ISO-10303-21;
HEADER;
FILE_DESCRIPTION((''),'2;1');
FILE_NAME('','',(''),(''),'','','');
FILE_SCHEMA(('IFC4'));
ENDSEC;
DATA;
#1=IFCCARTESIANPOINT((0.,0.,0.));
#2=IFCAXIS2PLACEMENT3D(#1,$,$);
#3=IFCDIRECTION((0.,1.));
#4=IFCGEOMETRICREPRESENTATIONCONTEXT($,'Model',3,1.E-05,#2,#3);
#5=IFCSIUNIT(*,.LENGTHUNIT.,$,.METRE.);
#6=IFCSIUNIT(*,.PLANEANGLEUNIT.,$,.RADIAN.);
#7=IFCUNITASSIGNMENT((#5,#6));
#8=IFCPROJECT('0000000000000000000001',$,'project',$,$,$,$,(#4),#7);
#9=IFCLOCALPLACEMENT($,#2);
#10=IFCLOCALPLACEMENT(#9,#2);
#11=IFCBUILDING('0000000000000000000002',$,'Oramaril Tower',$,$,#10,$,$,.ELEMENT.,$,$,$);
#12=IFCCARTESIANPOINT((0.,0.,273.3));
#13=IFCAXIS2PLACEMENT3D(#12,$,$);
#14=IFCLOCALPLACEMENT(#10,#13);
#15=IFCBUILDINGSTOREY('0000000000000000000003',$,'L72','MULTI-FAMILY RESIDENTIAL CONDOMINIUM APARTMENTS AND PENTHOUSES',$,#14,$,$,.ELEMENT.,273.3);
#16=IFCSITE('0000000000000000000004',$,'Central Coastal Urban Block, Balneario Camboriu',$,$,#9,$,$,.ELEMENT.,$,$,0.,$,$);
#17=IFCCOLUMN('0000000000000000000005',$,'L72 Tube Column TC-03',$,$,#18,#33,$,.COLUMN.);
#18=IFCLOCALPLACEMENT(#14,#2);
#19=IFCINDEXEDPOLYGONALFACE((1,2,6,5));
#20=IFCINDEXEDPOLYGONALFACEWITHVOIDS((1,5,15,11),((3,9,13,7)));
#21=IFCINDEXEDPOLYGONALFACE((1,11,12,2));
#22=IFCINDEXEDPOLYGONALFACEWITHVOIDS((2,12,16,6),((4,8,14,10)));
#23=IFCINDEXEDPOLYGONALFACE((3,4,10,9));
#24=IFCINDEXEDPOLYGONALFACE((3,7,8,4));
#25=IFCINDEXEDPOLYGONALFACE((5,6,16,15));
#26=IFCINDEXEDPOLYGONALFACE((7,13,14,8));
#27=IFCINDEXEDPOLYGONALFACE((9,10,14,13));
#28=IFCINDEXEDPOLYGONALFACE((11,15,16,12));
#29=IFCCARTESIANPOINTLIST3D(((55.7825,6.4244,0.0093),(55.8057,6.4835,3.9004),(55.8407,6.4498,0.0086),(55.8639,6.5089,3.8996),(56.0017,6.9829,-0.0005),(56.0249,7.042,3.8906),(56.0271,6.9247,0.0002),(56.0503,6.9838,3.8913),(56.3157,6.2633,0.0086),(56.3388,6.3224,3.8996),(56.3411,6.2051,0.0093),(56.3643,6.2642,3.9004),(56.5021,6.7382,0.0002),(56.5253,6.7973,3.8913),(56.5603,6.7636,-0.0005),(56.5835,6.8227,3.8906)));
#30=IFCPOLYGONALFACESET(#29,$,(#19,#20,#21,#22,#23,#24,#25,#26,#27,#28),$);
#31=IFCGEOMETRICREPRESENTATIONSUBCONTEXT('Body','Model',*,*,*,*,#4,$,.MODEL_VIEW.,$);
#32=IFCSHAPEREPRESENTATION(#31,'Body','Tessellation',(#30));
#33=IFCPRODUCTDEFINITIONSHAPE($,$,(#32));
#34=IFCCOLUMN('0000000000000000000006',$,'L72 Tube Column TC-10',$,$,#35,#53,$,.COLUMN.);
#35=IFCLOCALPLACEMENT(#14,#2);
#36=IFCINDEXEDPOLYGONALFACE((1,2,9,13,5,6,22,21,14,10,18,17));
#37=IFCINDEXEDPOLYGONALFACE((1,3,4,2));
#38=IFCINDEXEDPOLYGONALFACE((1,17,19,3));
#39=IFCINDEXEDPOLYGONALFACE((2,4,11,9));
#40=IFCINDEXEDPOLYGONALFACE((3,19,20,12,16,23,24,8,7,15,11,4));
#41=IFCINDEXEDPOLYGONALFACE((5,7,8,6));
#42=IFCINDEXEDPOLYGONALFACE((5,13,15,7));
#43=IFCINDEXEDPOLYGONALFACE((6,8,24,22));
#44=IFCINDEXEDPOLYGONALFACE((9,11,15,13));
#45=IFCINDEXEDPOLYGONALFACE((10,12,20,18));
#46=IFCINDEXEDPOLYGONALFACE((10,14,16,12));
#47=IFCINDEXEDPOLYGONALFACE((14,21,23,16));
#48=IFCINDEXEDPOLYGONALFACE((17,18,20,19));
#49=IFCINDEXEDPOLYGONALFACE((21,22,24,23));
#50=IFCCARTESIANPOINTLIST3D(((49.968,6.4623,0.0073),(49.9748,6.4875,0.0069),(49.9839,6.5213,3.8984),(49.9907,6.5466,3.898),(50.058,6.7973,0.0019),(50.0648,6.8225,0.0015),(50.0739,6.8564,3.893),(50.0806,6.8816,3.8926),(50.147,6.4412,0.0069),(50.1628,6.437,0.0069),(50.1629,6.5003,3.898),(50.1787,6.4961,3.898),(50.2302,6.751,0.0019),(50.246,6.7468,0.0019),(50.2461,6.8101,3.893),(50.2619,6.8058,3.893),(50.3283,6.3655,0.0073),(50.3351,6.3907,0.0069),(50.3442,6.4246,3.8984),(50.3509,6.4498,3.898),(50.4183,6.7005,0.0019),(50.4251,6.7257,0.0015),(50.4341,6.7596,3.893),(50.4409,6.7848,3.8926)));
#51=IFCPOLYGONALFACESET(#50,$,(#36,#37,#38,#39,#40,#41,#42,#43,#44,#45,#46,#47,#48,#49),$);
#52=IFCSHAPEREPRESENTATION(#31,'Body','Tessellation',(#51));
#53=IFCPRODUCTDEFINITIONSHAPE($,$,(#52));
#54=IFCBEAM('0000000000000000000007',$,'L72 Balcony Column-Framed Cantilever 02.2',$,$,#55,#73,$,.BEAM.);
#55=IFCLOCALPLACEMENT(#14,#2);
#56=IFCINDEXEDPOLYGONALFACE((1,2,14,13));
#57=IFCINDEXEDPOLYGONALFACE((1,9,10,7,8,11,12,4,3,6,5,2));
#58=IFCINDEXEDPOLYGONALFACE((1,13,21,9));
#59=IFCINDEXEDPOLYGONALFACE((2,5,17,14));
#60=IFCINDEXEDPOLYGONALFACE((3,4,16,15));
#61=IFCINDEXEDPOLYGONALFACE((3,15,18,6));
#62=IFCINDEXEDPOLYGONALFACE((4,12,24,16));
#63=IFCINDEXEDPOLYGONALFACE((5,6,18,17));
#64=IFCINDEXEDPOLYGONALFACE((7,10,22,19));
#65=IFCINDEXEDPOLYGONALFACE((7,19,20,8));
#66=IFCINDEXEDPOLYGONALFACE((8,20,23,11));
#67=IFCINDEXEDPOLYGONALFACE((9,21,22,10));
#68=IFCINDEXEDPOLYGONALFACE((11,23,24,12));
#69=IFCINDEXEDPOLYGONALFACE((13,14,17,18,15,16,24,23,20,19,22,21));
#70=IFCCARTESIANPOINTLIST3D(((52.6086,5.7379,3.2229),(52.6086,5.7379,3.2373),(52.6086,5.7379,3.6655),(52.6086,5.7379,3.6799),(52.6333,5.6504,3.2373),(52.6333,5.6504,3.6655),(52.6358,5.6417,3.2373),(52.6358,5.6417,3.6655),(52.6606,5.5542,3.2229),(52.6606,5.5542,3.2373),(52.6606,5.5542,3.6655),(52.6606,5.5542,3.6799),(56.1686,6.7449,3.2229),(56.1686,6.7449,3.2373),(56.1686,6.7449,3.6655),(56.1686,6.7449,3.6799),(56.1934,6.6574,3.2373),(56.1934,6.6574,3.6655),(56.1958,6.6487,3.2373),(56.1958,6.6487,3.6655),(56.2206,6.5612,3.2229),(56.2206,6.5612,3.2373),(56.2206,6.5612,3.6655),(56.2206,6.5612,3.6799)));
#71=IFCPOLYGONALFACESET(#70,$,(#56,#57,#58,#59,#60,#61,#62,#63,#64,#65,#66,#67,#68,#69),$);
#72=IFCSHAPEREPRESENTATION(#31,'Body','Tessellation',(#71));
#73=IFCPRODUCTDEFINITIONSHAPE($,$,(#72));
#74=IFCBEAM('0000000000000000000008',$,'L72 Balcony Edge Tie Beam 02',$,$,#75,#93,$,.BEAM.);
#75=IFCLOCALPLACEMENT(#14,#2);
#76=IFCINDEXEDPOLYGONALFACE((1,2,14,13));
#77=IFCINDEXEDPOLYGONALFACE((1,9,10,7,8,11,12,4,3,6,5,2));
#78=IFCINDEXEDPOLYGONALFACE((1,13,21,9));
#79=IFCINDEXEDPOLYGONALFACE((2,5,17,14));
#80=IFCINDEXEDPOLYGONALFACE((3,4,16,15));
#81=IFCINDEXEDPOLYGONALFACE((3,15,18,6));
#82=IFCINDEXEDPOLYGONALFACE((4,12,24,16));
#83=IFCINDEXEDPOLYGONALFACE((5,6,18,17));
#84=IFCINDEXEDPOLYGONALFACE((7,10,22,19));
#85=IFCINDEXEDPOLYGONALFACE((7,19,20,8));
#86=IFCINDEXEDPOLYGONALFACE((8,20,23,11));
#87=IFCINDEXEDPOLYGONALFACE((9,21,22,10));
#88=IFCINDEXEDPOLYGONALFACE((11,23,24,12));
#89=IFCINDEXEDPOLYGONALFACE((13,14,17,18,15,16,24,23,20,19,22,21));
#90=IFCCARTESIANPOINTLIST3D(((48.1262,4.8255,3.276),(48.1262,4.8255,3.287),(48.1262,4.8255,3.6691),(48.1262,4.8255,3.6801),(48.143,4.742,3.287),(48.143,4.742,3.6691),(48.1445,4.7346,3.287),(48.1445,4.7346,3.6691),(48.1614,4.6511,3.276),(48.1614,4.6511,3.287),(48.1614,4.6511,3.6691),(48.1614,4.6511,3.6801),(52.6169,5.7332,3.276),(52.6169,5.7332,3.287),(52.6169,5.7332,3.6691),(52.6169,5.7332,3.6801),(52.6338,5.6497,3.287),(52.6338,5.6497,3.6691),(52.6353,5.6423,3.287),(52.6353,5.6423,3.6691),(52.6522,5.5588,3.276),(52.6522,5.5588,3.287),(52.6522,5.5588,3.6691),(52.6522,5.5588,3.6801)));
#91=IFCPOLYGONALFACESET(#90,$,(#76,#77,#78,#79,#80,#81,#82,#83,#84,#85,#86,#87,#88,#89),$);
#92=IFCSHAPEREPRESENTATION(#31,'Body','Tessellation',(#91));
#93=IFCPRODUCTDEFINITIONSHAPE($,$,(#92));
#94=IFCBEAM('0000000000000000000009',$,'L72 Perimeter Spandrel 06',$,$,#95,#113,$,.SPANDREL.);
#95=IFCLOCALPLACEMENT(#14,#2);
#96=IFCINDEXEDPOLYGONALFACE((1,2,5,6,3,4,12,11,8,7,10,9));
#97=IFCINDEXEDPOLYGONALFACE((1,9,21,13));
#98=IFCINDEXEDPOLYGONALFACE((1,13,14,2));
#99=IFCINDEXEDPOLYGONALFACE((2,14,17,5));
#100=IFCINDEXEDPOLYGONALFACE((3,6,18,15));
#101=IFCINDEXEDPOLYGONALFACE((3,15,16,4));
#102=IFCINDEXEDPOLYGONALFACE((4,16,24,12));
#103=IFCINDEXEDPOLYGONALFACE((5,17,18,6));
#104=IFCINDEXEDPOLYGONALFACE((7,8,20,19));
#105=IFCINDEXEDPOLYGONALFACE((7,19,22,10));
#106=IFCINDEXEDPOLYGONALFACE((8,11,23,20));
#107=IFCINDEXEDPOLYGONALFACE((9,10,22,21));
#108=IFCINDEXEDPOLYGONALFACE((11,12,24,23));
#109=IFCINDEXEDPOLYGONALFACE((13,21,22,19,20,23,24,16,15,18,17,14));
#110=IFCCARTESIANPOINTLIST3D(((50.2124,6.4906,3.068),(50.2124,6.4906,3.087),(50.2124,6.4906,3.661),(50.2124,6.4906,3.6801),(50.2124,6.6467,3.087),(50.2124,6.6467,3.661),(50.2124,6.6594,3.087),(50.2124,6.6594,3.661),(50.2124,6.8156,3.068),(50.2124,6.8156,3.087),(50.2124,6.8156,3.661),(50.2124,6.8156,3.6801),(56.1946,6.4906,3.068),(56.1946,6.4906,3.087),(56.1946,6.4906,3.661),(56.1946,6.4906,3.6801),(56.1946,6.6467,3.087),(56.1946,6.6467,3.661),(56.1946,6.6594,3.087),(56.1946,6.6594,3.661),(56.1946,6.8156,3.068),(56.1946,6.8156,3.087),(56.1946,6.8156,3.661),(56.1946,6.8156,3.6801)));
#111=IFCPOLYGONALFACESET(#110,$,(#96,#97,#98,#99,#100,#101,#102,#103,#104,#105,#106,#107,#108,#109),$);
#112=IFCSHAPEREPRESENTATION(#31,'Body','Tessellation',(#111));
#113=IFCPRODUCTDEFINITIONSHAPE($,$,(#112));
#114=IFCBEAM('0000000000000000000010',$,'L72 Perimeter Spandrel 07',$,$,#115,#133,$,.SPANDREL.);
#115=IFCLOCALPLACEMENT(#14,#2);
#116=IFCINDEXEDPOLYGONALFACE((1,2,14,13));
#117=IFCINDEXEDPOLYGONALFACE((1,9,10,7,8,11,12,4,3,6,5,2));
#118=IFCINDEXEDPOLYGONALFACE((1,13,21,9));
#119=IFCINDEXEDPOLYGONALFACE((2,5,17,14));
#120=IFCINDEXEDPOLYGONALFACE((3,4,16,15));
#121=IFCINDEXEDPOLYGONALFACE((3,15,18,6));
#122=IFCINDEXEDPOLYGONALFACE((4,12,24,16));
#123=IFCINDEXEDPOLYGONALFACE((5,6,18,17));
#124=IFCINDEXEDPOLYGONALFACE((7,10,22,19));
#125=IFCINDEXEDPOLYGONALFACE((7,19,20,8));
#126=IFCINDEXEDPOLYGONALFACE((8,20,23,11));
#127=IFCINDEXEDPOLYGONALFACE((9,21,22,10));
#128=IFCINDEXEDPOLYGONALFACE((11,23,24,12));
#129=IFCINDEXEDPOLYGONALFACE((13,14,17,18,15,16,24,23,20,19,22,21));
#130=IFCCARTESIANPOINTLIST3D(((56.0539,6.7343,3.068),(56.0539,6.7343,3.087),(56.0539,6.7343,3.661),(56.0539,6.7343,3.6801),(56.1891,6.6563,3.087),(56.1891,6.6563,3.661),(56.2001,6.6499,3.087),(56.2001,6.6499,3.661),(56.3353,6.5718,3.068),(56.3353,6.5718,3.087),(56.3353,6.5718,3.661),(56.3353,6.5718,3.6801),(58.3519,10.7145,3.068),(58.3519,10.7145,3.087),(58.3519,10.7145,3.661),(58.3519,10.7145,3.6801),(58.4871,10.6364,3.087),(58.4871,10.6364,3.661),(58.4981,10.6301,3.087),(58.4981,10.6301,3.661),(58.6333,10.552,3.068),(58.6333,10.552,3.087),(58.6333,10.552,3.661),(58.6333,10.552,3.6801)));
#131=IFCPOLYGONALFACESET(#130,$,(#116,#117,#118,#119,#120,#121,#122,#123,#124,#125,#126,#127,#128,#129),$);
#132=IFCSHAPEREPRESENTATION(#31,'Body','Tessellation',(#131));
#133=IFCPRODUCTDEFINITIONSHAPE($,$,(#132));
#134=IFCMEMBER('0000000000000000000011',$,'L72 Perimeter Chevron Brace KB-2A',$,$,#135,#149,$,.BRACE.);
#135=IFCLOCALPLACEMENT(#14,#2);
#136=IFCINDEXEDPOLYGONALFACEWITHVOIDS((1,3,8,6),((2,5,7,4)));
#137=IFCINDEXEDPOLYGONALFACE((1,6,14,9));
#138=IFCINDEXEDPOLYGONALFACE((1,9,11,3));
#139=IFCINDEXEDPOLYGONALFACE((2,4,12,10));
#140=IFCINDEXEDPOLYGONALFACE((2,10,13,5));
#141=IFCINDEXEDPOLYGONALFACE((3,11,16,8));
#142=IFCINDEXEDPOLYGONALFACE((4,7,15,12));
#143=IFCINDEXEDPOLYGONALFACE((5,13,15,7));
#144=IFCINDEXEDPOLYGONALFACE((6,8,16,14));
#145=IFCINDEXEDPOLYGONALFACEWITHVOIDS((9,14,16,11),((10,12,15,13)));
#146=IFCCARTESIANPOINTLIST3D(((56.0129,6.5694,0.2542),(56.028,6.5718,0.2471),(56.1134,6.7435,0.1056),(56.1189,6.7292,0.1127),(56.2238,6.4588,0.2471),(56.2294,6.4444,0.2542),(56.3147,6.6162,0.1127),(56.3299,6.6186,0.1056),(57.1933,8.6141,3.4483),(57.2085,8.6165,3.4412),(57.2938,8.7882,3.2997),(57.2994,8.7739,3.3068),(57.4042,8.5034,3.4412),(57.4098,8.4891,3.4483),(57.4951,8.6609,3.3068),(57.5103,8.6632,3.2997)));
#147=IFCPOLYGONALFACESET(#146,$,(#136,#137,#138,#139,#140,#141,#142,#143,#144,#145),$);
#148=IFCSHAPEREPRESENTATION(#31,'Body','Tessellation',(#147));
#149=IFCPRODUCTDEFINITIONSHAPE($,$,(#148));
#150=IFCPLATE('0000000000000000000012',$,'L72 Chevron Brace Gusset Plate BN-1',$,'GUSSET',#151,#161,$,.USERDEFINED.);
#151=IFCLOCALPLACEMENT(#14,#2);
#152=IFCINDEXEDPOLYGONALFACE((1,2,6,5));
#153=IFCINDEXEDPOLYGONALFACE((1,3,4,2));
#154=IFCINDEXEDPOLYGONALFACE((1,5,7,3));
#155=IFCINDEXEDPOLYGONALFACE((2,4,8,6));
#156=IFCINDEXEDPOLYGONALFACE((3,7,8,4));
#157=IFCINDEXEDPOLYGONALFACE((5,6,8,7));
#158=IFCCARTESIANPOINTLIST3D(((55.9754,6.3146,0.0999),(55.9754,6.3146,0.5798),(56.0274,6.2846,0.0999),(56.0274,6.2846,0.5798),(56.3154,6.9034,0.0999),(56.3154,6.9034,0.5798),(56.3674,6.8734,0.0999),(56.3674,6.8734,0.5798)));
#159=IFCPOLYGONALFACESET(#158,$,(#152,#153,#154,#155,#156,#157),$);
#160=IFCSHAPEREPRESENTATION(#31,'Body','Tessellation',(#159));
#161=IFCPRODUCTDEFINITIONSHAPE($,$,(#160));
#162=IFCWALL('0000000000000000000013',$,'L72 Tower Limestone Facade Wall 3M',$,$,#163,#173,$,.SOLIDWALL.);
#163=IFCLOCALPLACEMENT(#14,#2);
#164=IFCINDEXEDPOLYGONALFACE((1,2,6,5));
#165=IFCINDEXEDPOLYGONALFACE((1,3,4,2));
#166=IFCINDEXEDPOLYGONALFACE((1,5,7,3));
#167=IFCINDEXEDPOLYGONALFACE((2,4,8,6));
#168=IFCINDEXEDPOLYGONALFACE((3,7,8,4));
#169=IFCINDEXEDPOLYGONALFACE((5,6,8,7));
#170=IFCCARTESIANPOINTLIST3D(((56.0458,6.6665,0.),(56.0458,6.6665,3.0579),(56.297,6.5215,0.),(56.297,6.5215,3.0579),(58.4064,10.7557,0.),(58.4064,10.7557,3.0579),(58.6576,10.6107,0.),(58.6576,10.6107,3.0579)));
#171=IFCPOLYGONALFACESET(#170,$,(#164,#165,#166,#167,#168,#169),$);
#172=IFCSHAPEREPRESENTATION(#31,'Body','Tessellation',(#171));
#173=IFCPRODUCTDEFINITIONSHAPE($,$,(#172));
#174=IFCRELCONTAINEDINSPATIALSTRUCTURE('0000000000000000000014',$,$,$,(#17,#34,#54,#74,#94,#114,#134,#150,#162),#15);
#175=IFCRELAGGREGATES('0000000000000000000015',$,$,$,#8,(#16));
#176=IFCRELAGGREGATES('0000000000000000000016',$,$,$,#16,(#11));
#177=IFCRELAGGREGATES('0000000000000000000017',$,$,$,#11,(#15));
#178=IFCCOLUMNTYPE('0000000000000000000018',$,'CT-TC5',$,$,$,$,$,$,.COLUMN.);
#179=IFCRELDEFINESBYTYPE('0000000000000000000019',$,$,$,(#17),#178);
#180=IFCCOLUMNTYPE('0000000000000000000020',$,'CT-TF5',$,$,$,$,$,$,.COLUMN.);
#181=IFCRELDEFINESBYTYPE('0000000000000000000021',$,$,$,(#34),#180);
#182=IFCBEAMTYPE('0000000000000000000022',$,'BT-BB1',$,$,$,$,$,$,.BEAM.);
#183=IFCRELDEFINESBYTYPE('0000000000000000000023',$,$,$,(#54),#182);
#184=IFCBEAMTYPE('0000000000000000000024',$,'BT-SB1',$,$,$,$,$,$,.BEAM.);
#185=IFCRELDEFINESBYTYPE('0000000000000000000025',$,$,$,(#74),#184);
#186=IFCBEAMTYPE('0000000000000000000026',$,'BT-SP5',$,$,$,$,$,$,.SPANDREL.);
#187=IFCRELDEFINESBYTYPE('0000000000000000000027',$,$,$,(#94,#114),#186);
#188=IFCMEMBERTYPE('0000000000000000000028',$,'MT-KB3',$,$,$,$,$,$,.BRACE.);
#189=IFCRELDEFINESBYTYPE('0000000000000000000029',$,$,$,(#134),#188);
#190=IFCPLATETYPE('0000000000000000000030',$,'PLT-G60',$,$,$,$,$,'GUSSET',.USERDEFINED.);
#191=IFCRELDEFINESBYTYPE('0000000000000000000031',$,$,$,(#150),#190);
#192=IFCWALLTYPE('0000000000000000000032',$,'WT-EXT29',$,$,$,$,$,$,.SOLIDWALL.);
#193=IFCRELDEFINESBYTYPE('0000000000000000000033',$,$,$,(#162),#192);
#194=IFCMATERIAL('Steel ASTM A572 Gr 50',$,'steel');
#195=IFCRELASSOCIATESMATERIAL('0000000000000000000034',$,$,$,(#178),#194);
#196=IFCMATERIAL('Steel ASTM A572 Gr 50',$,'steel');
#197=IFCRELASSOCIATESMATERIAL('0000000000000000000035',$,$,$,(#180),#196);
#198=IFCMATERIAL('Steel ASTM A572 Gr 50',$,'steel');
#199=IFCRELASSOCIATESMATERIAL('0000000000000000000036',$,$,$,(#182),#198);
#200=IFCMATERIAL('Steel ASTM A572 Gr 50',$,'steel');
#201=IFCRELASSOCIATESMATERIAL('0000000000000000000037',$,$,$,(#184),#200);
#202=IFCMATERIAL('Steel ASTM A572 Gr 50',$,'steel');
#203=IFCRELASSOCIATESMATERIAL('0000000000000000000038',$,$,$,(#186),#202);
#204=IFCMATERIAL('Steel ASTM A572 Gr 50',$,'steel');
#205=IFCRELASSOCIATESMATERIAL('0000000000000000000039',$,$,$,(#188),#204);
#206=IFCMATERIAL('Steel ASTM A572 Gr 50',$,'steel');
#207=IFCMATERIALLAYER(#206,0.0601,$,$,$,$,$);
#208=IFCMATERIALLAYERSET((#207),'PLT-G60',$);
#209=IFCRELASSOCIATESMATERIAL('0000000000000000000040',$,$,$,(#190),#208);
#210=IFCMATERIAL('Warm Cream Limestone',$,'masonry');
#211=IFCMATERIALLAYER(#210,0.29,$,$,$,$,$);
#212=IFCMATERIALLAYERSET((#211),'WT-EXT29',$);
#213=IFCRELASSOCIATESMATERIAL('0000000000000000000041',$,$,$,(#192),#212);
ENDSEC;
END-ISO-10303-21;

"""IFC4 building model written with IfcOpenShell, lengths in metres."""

from ifc_helpers import new_model, si_unit, direction, frame, frame_2d, origin, origin_2d, place, context, subcontext, project, spatial, rectangle, hollow_rectangle, i_section, extrude, material, layer, layer_set, material_profile, profile_set, type_object, element, save


model = new_model("IFC4")

# Units and contexts
model_context = context("Model", 3, precision=1e-05, world=origin(), true_north=direction((0.0, 1.0)))
body_context = subcontext(model_context, "Body", "Model", "MODEL_VIEW")
ifc_project = project(units=[si_unit("LENGTHUNIT", "METRE"), si_unit("PLANEANGLEUNIT", "RADIAN")], contexts=[model_context])

# Site, building, storey
site_placement = place(None, origin())
site = spatial("IfcSite", under=ifc_project, at=site_placement, Name="Central Coastal Urban Block, Balneario Camboriu", CompositionType="ELEMENT", RefElevation=0.0)
building_placement = place(site_placement, origin())
building = spatial("IfcBuilding", under=site, at=building_placement, Name="Oramaril Tower", CompositionType="ELEMENT")
storey_placement = place(building_placement, frame((0.0, 0.0, 273.3)))
storey = spatial("IfcBuildingStorey", under=building, at=storey_placement, Name="L72", Description="MULTI-FAMILY RESIDENTIAL CONDOMINIUM APARTMENTS AND PENTHOUSES", CompositionType="ELEMENT", Elevation=273.3)

# Columns
ifc_material_1 = material(Name="Steel ASTM A572 Gr 50", Category="steel")
ifc_material_profile_1 = material_profile(ifc_material_1, hollow_rectangle(XDim=0.6001, YDim=0.6001, WallThickness=0.0449, at=origin_2d()), Name="BOX600X600X45")
ifc_profile_set_1 = profile_set([ifc_material_profile_1], Name="Steel ASTM A572 Gr 50")
column_type_1 = type_object("IfcColumnType", Name="CT-TC5", PredefinedType="COLUMN", material=ifc_profile_set_1)
column_1_placement = place(storey_placement, frame((56.1714, 6.594, 0.0044), z_axis=(0.00596, 0.015182, 0.999867), x_axis=(-0.930845, 0.365414, 0.0)))
element("IfcColumn", 1, at=column_1_placement, inside=storey, type_object=column_type_1, Name="L72 Tube Column TC-03", PredefinedType="COLUMN", context=body_context, shape_type="SweptSolid", body=[
    extrude(hollow_rectangle(XDim=0.6001, YDim=0.6001, WallThickness=0.0449, at=origin_2d()), origin(), (0.0, 0.0, 1.0), 3.8916),
])
ifc_material_2 = material(Name="Steel ASTM A572 Gr 50", Category="steel")
ifc_material_profile_2 = material_profile(ifc_material_2, i_section(OverallWidth=0.373, OverallDepth=0.373, WebThickness=0.0164, FlangeThickness=0.0261, at=origin_2d()), Name="W14X132")
ifc_profile_set_2 = profile_set([ifc_material_profile_2], Name="Steel ASTM A572 Gr 50")
column_type_2 = type_object("IfcColumnType", Name="CT-TF5", PredefinedType="COLUMN", material=ifc_profile_set_2)
column_2_placement = place(storey_placement, frame((50.1965, 6.594, 0.0044), z_axis=(0.004078, 0.015182, 0.999876), x_axis=(-0.96577, 0.259401, 0.0)))
element("IfcColumn", 2, at=column_2_placement, inside=storey, type_object=column_type_2, Name="L72 Tube Column TC-10", PredefinedType="COLUMN", context=body_context, shape_type="SweptSolid", body=[
    extrude(i_section(OverallWidth=0.373, OverallDepth=0.373, WebThickness=0.0164, FlangeThickness=0.0261, at=origin_2d()), origin(), (0.0, 0.0, 1.0), 3.8916),
])

# Beams
ifc_material_3 = material(Name="Steel ASTM A572 Gr 50", Category="steel")
ifc_material_profile_3 = material_profile(ifc_material_3, i_section(OverallWidth=0.1909, OverallDepth=0.457, WebThickness=0.009, FlangeThickness=0.0144, at=origin_2d()), Name="W18X50")
ifc_profile_set_3 = profile_set([ifc_material_profile_3], Name="Steel ASTM A572 Gr 50")
beam_type_1 = type_object("IfcBeamType", Name="BT-BB1", PredefinedType="BEAM", material=ifc_profile_set_3)
beam_1_placement = place(storey_placement, frame((56.1946, 6.6531, 3.4514), z_axis=(-0.96224, -0.272201, 0.0), x_axis=(0.272201, -0.96224, 0.0)))
element("IfcBeam", 3, at=beam_1_placement, inside=storey, type_object=beam_type_1, Name="L72 Balcony Column-Framed Cantilever 02.2", PredefinedType="BEAM", context=body_context, shape_type="SweptSolid", body=[
    extrude(i_section(OverallWidth=0.1909, OverallDepth=0.457, WebThickness=0.009, FlangeThickness=0.0144, at=origin_2d()), origin(), (0.0, 0.0, 1.0), 3.6997),
])
ifc_material_4 = material(Name="Steel ASTM A572 Gr 50", Category="steel")
ifc_material_profile_4 = material_profile(ifc_material_4, i_section(OverallWidth=0.178, OverallDepth=0.4041, WebThickness=0.0076, FlangeThickness=0.011, at=origin_2d()), Name="W16X36")
ifc_profile_set_4 = profile_set([ifc_material_profile_4], Name="Steel ASTM A572 Gr 50")
beam_type_2 = type_object("IfcBeamType", Name="BT-SB1", PredefinedType="BEAM", material=ifc_profile_set_4)
beam_2_placement = place(storey_placement, frame((48.1438, 4.7383, 3.478), z_axis=(0.980177, 0.198124, 0.0), x_axis=(-0.198124, 0.980177, 0.0)))
element("IfcBeam", 4, at=beam_2_placement, inside=storey, type_object=beam_type_2, Name="L72 Balcony Edge Tie Beam 02", PredefinedType="BEAM", context=body_context, shape_type="SweptSolid", body=[
    extrude(i_section(OverallWidth=0.178, OverallDepth=0.4041, WebThickness=0.0076, FlangeThickness=0.011, at=origin_2d()), origin(), (0.0, 0.0, 1.0), 4.5815),
])
ifc_material_5 = material(Name="Steel ASTM A572 Gr 50", Category="steel")
ifc_material_profile_5 = material_profile(ifc_material_5, i_section(OverallWidth=0.325, OverallDepth=0.6121, WebThickness=0.0127, FlangeThickness=0.019, at=origin_2d()), Name="W24X104")
ifc_profile_set_5 = profile_set([ifc_material_profile_5], Name="Steel ASTM A572 Gr 50")
beam_type_3 = type_object("IfcBeamType", Name="BT-SP5", PredefinedType="SPANDREL", material=ifc_profile_set_5)
beam_3_placement = place(storey_placement, frame((50.2124, 6.6531, 3.374), z_axis=(1.0, 0.0, 0.0), x_axis=(0.0, 1.0, 0.0)))
element("IfcBeam", 5, at=beam_3_placement, inside=storey, type_object=beam_type_3, Name="L72 Perimeter Spandrel 06", PredefinedType="SPANDREL", context=body_context, shape_type="SweptSolid", body=[
    extrude(i_section(OverallWidth=0.325, OverallDepth=0.6121, WebThickness=0.0127, FlangeThickness=0.019, at=origin_2d()), origin(), (0.0, 0.0, 1.0), 5.9822),
])
beam_4_placement = place(storey_placement, frame((56.1946, 6.6531, 3.374), z_axis=(0.500018, 0.866015, 0.0), x_axis=(-0.866015, 0.500018, 0.0)))
element("IfcBeam", 6, at=beam_4_placement, inside=storey, type_object=beam_type_3, Name="L72 Perimeter Spandrel 07", PredefinedType="SPANDREL", context=body_context, shape_type="SweptSolid", body=[
    extrude(i_section(OverallWidth=0.325, OverallDepth=0.6121, WebThickness=0.0127, FlangeThickness=0.019, at=origin_2d()), origin(), (0.0, 0.0, 1.0), 4.5959),
])

# Member
ifc_material_6 = material(Name="Steel ASTM A572 Gr 50", Category="steel")
ifc_material_profile_6 = material_profile(ifc_material_6, hollow_rectangle(XDim=0.25, YDim=0.25, WallThickness=0.012, at=origin_2d()), Name="HSS250X250X12")
ifc_profile_set_6 = profile_set([ifc_material_profile_6], Name="Steel ASTM A572 Gr 50")
member_type = type_object("IfcMemberType", Name="MT-KB3", PredefinedType="BRACE", material=ifc_profile_set_6)
member_placement = place(storey_placement, frame((56.1714, 6.594, 0.1799), z_axis=(0.29719, 0.51478, 0.804164), x_axis=(-0.866039, 0.499976, 0.0)))
element("IfcMember", 7, at=member_placement, inside=storey, type_object=member_type, Name="L72 Perimeter Chevron Brace KB-2A", PredefinedType="BRACE", context=body_context, shape_type="SweptSolid", body=[
    extrude(hollow_rectangle(XDim=0.25, YDim=0.25, WallThickness=0.012, at=origin_2d()), origin(), (0.0, 0.0, 1.0), 3.9719),
])

# Plate
ifc_material_7 = material(Name="Steel ASTM A572 Gr 50", Category="steel")
ifc_layer_1 = layer(ifc_material_7, 0.0601)
ifc_layer_set_1 = layer_set([ifc_layer_1], Name="PLT-G60")
plate_type = type_object("IfcPlateType", Name="PLT-G60", ElementType="GUSSET", PredefinedType="USERDEFINED", material=ifc_layer_set_1)
plate_placement = place(storey_placement, frame((56.1714, 6.594, 0.0999), z_axis=(0.0, 0.0, 1.0), x_axis=(0.499995, 0.866028, 0.0)))
element("IfcPlate", 8, at=plate_placement, inside=storey, type_object=plate_type, Name="L72 Chevron Brace Gusset Plate BN-1", ObjectType="GUSSET", PredefinedType="USERDEFINED", context=body_context, shape_type="SweptSolid", body=[
    extrude(rectangle(XDim=0.6799, YDim=0.0601, at=origin_2d()), origin(), (0.0, 0.0, 1.0), 0.48),
])

# Wall
ifc_material_8 = material(Name="Warm Cream Limestone", Category="masonry")
ifc_layer_2 = layer(ifc_material_8, 0.29)
ifc_layer_set_2 = layer_set([ifc_layer_2], Name="WT-EXT29")
wall_type_1 = type_object("IfcWallType", Name="WT-EXT29", PredefinedType="SOLIDWALL", material=ifc_layer_set_2)
wall_1_placement = place(storey_placement, frame((56.1714, 6.594, 0.0), z_axis=(0.0, 0.0, 1.0), x_axis=(0.49996, 0.866049, 0.0)))
element("IfcWall", 9, at=wall_1_placement, inside=storey, type_object=wall_type_1, Name="L72 Tower Limestone Facade Wall 3M", PredefinedType="SOLIDWALL", context=body_context, shape_type="SweptSolid", body=[
    extrude(rectangle(XDim=4.7217, YDim=0.29, at=frame_2d((2.3608, 0.0))), origin(), (0.0, 0.0, 1.0), 3.0579),
])

save(model, "model.ifc")
